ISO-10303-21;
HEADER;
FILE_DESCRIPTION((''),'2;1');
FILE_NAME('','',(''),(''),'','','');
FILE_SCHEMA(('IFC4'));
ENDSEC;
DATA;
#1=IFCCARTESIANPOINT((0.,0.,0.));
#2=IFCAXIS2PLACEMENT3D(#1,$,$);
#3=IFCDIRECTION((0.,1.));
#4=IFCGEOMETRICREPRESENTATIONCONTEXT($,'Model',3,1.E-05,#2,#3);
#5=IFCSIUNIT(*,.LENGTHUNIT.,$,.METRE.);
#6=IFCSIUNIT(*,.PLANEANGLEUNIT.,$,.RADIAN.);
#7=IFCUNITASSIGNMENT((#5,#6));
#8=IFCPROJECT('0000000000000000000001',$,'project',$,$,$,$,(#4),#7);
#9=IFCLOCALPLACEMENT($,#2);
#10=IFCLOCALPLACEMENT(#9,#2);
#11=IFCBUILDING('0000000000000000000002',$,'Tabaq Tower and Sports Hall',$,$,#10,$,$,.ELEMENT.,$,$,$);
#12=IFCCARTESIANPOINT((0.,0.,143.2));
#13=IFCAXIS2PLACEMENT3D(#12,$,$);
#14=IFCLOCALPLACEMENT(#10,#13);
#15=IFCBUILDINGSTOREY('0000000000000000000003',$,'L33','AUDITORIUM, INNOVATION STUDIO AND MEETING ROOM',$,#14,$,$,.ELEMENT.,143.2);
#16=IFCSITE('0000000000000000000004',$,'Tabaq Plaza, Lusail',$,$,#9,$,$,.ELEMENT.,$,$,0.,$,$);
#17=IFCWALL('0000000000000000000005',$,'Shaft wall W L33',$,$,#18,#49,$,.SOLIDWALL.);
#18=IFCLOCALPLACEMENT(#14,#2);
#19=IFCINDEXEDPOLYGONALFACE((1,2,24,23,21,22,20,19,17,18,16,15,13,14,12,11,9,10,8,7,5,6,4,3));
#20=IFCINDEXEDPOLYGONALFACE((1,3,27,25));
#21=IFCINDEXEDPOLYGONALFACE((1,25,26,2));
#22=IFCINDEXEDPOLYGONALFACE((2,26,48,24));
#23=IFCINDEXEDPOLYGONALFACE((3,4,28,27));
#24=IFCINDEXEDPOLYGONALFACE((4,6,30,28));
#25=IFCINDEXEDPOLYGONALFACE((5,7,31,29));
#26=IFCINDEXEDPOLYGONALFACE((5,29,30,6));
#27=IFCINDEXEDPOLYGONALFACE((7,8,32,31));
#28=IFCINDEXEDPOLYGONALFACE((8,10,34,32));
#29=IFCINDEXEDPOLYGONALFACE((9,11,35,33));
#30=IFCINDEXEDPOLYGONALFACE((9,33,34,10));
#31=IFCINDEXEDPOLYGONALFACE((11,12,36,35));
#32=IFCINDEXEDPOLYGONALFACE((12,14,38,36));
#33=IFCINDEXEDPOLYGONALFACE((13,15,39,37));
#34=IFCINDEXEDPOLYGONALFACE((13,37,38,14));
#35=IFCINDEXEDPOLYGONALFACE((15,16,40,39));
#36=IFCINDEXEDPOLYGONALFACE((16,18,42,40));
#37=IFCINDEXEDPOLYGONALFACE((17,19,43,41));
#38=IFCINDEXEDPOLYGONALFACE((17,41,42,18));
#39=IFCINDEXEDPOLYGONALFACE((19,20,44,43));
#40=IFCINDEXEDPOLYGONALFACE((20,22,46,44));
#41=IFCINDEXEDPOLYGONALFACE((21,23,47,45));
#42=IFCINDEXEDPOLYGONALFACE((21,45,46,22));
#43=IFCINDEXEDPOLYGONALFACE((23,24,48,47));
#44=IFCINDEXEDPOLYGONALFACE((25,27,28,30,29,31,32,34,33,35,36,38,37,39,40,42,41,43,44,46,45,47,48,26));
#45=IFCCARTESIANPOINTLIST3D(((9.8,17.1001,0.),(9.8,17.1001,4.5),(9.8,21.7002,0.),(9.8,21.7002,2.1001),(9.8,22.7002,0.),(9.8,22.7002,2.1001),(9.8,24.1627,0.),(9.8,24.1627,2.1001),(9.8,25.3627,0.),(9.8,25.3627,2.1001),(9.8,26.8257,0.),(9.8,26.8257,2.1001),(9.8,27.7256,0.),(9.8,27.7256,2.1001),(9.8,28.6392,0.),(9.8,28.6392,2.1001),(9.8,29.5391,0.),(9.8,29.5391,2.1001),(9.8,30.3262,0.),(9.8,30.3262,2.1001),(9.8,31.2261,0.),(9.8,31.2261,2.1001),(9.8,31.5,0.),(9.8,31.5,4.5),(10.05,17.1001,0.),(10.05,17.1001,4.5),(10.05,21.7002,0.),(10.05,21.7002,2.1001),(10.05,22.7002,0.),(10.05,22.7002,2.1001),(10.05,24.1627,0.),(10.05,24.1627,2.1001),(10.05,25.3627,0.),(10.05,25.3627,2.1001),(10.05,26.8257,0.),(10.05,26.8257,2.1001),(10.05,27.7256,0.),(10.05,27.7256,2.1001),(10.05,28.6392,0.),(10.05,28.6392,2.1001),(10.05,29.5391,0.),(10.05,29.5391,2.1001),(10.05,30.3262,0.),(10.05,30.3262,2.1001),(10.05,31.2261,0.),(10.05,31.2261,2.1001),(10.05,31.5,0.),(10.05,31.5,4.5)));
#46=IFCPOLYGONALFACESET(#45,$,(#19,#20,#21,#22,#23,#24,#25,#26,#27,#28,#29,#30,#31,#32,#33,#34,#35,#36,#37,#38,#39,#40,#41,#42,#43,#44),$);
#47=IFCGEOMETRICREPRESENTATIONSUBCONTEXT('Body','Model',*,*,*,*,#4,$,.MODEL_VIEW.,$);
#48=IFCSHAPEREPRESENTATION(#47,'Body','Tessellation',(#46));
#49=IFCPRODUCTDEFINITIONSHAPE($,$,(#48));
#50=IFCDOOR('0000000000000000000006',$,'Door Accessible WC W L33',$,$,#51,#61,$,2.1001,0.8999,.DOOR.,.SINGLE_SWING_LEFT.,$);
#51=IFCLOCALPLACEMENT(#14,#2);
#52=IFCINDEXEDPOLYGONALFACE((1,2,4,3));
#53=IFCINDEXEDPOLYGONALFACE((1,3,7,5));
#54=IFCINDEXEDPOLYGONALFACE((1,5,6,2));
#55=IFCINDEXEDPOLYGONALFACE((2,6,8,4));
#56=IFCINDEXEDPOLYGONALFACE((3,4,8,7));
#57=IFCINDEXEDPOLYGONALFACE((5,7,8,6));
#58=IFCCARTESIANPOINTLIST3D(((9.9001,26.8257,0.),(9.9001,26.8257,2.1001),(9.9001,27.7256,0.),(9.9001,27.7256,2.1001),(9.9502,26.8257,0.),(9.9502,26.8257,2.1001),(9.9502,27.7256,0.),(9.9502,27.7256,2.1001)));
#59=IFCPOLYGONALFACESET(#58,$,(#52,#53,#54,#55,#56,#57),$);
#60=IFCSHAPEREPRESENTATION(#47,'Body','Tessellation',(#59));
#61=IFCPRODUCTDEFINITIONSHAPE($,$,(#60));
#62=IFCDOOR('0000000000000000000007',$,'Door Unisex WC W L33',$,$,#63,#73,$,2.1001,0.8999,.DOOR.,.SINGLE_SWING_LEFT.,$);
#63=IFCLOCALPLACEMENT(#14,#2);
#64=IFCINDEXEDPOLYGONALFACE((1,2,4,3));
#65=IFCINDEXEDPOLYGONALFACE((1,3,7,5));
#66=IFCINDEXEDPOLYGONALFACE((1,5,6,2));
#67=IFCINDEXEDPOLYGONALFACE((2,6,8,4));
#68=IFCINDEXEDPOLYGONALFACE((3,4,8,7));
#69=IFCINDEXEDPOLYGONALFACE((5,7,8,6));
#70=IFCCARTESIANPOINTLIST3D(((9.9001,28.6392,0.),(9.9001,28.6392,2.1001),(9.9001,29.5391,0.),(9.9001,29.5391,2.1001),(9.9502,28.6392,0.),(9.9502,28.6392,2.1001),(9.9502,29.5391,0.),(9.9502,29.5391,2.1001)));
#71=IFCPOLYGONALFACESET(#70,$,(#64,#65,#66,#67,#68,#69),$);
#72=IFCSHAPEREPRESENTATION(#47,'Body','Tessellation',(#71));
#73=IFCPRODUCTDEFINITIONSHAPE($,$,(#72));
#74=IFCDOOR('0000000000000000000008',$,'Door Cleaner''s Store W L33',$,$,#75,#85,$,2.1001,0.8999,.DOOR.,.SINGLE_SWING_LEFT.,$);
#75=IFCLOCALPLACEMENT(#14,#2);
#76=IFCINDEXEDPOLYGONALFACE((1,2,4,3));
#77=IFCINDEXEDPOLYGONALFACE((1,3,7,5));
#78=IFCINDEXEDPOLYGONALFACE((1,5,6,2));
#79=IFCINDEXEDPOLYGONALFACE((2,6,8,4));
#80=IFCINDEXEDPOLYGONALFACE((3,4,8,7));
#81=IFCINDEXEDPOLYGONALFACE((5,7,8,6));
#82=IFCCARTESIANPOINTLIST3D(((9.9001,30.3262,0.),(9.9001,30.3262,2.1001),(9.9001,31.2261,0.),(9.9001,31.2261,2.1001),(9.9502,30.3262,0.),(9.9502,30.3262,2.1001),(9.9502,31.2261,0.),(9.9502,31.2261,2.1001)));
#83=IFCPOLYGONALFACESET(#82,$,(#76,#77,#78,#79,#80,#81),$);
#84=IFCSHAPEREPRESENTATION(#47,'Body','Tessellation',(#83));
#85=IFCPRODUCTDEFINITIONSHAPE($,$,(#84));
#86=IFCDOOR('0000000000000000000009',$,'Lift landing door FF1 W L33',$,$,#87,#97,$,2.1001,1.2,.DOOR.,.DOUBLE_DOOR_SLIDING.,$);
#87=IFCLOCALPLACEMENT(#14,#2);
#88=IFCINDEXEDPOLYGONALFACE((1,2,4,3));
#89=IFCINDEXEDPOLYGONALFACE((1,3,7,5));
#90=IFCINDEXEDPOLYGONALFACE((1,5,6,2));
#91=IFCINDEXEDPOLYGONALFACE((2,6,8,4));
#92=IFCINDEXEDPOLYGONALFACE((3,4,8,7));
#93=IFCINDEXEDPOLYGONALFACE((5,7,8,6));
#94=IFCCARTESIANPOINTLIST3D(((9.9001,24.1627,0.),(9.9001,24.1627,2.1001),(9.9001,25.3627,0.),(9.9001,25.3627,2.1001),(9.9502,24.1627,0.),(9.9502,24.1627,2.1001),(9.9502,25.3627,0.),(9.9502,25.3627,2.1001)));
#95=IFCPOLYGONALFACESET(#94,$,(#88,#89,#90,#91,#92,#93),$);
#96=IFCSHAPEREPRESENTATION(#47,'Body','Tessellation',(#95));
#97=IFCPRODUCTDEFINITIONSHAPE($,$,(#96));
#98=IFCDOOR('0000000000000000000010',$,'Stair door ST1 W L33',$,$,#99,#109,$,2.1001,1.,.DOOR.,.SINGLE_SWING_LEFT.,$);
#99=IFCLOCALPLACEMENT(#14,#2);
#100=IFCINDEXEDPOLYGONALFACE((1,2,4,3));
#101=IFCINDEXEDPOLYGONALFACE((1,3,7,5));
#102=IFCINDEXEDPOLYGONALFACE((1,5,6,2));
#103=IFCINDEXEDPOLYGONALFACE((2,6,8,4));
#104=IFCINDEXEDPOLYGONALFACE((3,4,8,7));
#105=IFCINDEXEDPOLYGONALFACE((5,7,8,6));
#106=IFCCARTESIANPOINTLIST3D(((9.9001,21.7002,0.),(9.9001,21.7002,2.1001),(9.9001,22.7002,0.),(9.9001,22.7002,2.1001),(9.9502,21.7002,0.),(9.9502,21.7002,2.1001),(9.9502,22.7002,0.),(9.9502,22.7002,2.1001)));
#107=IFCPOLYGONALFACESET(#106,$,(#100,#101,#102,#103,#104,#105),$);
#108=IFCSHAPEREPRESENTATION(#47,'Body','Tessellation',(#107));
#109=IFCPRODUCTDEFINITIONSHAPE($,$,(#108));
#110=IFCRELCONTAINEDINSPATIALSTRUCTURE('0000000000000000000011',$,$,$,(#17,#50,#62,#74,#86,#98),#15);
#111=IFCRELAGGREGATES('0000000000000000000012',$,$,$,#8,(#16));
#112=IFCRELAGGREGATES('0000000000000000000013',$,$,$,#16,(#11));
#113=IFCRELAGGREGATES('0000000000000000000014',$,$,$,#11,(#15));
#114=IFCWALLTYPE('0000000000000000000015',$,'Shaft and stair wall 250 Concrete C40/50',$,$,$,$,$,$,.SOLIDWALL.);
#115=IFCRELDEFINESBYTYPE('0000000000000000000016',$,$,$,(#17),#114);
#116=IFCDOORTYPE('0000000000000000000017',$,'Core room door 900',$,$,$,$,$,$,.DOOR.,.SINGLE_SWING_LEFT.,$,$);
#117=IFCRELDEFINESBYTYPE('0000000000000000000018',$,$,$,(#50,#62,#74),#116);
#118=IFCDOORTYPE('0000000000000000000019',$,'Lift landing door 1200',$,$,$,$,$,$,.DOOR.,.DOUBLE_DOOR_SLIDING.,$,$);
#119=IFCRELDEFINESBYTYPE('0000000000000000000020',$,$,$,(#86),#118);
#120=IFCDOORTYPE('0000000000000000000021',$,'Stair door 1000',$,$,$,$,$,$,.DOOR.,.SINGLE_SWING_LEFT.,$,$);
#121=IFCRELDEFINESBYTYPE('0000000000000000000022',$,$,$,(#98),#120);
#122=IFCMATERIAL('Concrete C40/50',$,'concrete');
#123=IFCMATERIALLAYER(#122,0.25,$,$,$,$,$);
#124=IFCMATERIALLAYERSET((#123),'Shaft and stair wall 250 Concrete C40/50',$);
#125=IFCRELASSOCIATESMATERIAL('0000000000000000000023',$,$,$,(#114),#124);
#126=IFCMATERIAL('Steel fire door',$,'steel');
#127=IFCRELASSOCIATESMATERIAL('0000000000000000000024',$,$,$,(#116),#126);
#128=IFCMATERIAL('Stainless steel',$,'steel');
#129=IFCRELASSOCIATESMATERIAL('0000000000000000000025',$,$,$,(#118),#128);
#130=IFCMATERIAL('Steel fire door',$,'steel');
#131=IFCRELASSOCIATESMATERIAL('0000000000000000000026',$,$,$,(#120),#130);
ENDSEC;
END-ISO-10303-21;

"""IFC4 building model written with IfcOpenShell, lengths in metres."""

from ifc_helpers import new_model, si_unit, direction, frame, frame_2d, origin, place, context, subcontext, project, spatial, rectangle, extrude, material, layer, layer_set, type_object, element, fill, save


model = new_model("IFC4")

# Units and contexts
model_context = context("Model", 3, precision=1e-05, world=origin(), true_north=direction((0.0, 1.0)))
body_context = subcontext(model_context, "Body", "Model", "MODEL_VIEW")
ifc_project = project(units=[si_unit("LENGTHUNIT", "METRE"), si_unit("PLANEANGLEUNIT", "RADIAN")], contexts=[model_context])

# Site, building, storey
site_placement = place(None, origin())
site = spatial("IfcSite", under=ifc_project, at=site_placement, Name="Tabaq Plaza, Lusail", CompositionType="ELEMENT", RefElevation=0.0)
building_placement = place(site_placement, origin())
building = spatial("IfcBuilding", under=site, at=building_placement, Name="Tabaq Tower and Sports Hall", CompositionType="ELEMENT")
storey_placement = place(building_placement, frame((0.0, 0.0, 143.2)))
storey = spatial("IfcBuildingStorey", under=building, at=storey_placement, Name="L33", Description="AUDITORIUM, INNOVATION STUDIO AND MEETING ROOM", CompositionType="ELEMENT", Elevation=143.2)

# Wall, openings, doors
ifc_material_1 = material(Name="Concrete C40/50", Category="concrete")
ifc_layer_1 = layer(ifc_material_1, 0.25)
ifc_layer_set_1 = layer_set([ifc_layer_1], Name="Shaft and stair wall 250 Concrete C40/50")
wall_type_1 = type_object("IfcWallType", Name="Shaft and stair wall 250 Concrete C40/50", PredefinedType="SOLIDWALL", material=ifc_layer_set_1)
wall_1_placement = place(storey_placement, frame((9.925, 17.1001, 0.0), z_axis=(0.0, 0.0, 1.0), x_axis=(0.0, 1.0, 0.0)))
wall_1 = element("IfcWall", 1, at=wall_1_placement, inside=storey, type_object=wall_type_1, Name="Shaft wall W L33", PredefinedType="SOLIDWALL", context=body_context, shape_type="SweptSolid", body=[
    extrude(rectangle(XDim=14.3999, YDim=0.25, at=frame_2d((7.2, 0.0))), origin(), (0.0, 0.0, 1.0), 4.5),
])
opening_1_placement = place(wall_1_placement, frame((4.6001, 0.0, 0.0)))
opening_1 = element("IfcOpeningElement", 2, at=opening_1_placement, cuts=wall_1, PredefinedType="OPENING", context=body_context, shape_type="SweptSolid", body=[
    extrude(rectangle(XDim=1.0, YDim=2.1001, at=frame_2d((0.5, 1.05))), frame((0.0, 0.125, 0.0), z_axis=(0.0, -1.0, 0.0), x_axis=(1.0, 0.0, 0.0)), (0.0, 0.0, 1.0), 0.25),
])
opening_2_placement = place(wall_1_placement, frame((7.0625, 0.0, 0.0)))
opening_2 = element("IfcOpeningElement", 3, at=opening_2_placement, cuts=wall_1, PredefinedType="OPENING", context=body_context, shape_type="SweptSolid", body=[
    extrude(rectangle(XDim=1.2, YDim=2.1001, at=frame_2d((0.6001, 1.05))), frame((0.0, 0.125, 0.0), z_axis=(0.0, -1.0, 0.0), x_axis=(1.0, 0.0, 0.0)), (0.0, 0.0, 1.0), 0.25),
])
opening_3_placement = place(wall_1_placement, frame((9.7256, 0.0, 0.0)))
opening_3 = element("IfcOpeningElement", 4, at=opening_3_placement, cuts=wall_1, PredefinedType="OPENING", context=body_context, shape_type="SweptSolid", body=[
    extrude(rectangle(XDim=0.8999, YDim=2.1001, at=frame_2d((0.45, 1.05))), frame((0.0, 0.125, 0.0), z_axis=(0.0, -1.0, 0.0), x_axis=(1.0, 0.0, 0.0)), (0.0, 0.0, 1.0), 0.25),
])
opening_4_placement = place(wall_1_placement, frame((11.5391, 0.0, 0.0)))
opening_4 = element("IfcOpeningElement", 5, at=opening_4_placement, cuts=wall_1, PredefinedType="OPENING", context=body_context, shape_type="SweptSolid", body=[
    extrude(rectangle(XDim=0.8999, YDim=2.1001, at=frame_2d((0.45, 1.05))), frame((0.0, 0.125, 0.0), z_axis=(0.0, -1.0, 0.0), x_axis=(1.0, 0.0, 0.0)), (0.0, 0.0, 1.0), 0.25),
])
opening_5_placement = place(wall_1_placement, frame((13.2261, 0.0, 0.0)))
opening_5 = element("IfcOpeningElement", 6, at=opening_5_placement, cuts=wall_1, PredefinedType="OPENING", context=body_context, shape_type="SweptSolid", body=[
    extrude(rectangle(XDim=0.8999, YDim=2.1001, at=frame_2d((0.45, 1.05))), frame((0.0, 0.125, 0.0), z_axis=(0.0, -1.0, 0.0), x_axis=(1.0, 0.0, 0.0)), (0.0, 0.0, 1.0), 0.25),
])
ifc_material_2 = material(Name="Steel fire door", Category="steel")
door_type_1 = type_object("IfcDoorType", Name="Core room door 900", OperationType="SINGLE_SWING_LEFT", PredefinedType="DOOR", material=ifc_material_2)
door_1_placement = place(opening_3_placement, origin())
door_1 = element("IfcDoor", 7, at=door_1_placement, inside=storey, type_object=door_type_1, Name="Door Accessible WC W L33", OperationType="SINGLE_SWING_LEFT", OverallHeight=2.1001, OverallWidth=0.8999, PredefinedType="DOOR", context=body_context, shape_type="SweptSolid", body=[
    extrude(rectangle(XDim=0.8999, YDim=2.1001, at=frame_2d((0.45, 1.05))), frame((0.0, 0.0249, 0.0), z_axis=(0.0, -1.0, 0.0), x_axis=(1.0, 0.0, 0.0)), (0.0, 0.0, 1.0), 0.05),
])
fill(opening_3, door_1)
door_2_placement = place(opening_4_placement, origin())
door_2 = element("IfcDoor", 8, at=door_2_placement, inside=storey, type_object=door_type_1, Name="Door Unisex WC W L33", OperationType="SINGLE_SWING_LEFT", OverallHeight=2.1001, OverallWidth=0.8999, PredefinedType="DOOR", context=body_context, shape_type="SweptSolid", body=[
    extrude(rectangle(XDim=0.8999, YDim=2.1001, at=frame_2d((0.45, 1.05))), frame((0.0, 0.0249, 0.0), z_axis=(0.0, -1.0, 0.0), x_axis=(1.0, 0.0, 0.0)), (0.0, 0.0, 1.0), 0.05),
])
fill(opening_4, door_2)
door_3_placement = place(opening_5_placement, origin())
door_3 = element("IfcDoor", 9, at=door_3_placement, inside=storey, type_object=door_type_1, Name="Door Cleaner's Store W L33", OperationType="SINGLE_SWING_LEFT", OverallHeight=2.1001, OverallWidth=0.8999, PredefinedType="DOOR", context=body_context, shape_type="SweptSolid", body=[
    extrude(rectangle(XDim=0.8999, YDim=2.1001, at=frame_2d((0.45, 1.05))), frame((0.0, 0.0249, 0.0), z_axis=(0.0, -1.0, 0.0), x_axis=(1.0, 0.0, 0.0)), (0.0, 0.0, 1.0), 0.05),
])
fill(opening_5, door_3)
ifc_material_3 = material(Name="Stainless steel", Category="steel")
door_type_2 = type_object("IfcDoorType", Name="Lift landing door 1200", OperationType="DOUBLE_DOOR_SLIDING", PredefinedType="DOOR", material=ifc_material_3)
door_4_placement = place(opening_2_placement, origin())
door_4 = element("IfcDoor", 10, at=door_4_placement, inside=storey, type_object=door_type_2, Name="Lift landing door FF1 W L33", OperationType="DOUBLE_DOOR_SLIDING", OverallHeight=2.1001, OverallWidth=1.2, PredefinedType="DOOR", context=body_context, shape_type="SweptSolid", body=[
    extrude(rectangle(XDim=1.2, YDim=2.1001, at=frame_2d((0.6001, 1.05))), frame((0.0, 0.0249, 0.0), z_axis=(0.0, -1.0, 0.0), x_axis=(1.0, 0.0, 0.0)), (0.0, 0.0, 1.0), 0.05),
])
fill(opening_2, door_4)
ifc_material_4 = material(Name="Steel fire door", Category="steel")
door_type_3 = type_object("IfcDoorType", Name="Stair door 1000", OperationType="SINGLE_SWING_LEFT", PredefinedType="DOOR", material=ifc_material_4)
door_5_placement = place(opening_1_placement, origin())
door_5 = element("IfcDoor", 11, at=door_5_placement, inside=storey, type_object=door_type_3, Name="Stair door ST1 W L33", OperationType="SINGLE_SWING_LEFT", OverallHeight=2.1001, OverallWidth=1.0, PredefinedType="DOOR", context=body_context, shape_type="SweptSolid", body=[
    extrude(rectangle(XDim=1.0, YDim=2.1001, at=frame_2d((0.5, 1.05))), frame((0.0, 0.0249, 0.0), z_axis=(0.0, -1.0, 0.0), x_axis=(1.0, 0.0, 0.0)), (0.0, 0.0, 1.0), 0.05),
])
fill(opening_1, door_5)

save(model, "model.ifc")
